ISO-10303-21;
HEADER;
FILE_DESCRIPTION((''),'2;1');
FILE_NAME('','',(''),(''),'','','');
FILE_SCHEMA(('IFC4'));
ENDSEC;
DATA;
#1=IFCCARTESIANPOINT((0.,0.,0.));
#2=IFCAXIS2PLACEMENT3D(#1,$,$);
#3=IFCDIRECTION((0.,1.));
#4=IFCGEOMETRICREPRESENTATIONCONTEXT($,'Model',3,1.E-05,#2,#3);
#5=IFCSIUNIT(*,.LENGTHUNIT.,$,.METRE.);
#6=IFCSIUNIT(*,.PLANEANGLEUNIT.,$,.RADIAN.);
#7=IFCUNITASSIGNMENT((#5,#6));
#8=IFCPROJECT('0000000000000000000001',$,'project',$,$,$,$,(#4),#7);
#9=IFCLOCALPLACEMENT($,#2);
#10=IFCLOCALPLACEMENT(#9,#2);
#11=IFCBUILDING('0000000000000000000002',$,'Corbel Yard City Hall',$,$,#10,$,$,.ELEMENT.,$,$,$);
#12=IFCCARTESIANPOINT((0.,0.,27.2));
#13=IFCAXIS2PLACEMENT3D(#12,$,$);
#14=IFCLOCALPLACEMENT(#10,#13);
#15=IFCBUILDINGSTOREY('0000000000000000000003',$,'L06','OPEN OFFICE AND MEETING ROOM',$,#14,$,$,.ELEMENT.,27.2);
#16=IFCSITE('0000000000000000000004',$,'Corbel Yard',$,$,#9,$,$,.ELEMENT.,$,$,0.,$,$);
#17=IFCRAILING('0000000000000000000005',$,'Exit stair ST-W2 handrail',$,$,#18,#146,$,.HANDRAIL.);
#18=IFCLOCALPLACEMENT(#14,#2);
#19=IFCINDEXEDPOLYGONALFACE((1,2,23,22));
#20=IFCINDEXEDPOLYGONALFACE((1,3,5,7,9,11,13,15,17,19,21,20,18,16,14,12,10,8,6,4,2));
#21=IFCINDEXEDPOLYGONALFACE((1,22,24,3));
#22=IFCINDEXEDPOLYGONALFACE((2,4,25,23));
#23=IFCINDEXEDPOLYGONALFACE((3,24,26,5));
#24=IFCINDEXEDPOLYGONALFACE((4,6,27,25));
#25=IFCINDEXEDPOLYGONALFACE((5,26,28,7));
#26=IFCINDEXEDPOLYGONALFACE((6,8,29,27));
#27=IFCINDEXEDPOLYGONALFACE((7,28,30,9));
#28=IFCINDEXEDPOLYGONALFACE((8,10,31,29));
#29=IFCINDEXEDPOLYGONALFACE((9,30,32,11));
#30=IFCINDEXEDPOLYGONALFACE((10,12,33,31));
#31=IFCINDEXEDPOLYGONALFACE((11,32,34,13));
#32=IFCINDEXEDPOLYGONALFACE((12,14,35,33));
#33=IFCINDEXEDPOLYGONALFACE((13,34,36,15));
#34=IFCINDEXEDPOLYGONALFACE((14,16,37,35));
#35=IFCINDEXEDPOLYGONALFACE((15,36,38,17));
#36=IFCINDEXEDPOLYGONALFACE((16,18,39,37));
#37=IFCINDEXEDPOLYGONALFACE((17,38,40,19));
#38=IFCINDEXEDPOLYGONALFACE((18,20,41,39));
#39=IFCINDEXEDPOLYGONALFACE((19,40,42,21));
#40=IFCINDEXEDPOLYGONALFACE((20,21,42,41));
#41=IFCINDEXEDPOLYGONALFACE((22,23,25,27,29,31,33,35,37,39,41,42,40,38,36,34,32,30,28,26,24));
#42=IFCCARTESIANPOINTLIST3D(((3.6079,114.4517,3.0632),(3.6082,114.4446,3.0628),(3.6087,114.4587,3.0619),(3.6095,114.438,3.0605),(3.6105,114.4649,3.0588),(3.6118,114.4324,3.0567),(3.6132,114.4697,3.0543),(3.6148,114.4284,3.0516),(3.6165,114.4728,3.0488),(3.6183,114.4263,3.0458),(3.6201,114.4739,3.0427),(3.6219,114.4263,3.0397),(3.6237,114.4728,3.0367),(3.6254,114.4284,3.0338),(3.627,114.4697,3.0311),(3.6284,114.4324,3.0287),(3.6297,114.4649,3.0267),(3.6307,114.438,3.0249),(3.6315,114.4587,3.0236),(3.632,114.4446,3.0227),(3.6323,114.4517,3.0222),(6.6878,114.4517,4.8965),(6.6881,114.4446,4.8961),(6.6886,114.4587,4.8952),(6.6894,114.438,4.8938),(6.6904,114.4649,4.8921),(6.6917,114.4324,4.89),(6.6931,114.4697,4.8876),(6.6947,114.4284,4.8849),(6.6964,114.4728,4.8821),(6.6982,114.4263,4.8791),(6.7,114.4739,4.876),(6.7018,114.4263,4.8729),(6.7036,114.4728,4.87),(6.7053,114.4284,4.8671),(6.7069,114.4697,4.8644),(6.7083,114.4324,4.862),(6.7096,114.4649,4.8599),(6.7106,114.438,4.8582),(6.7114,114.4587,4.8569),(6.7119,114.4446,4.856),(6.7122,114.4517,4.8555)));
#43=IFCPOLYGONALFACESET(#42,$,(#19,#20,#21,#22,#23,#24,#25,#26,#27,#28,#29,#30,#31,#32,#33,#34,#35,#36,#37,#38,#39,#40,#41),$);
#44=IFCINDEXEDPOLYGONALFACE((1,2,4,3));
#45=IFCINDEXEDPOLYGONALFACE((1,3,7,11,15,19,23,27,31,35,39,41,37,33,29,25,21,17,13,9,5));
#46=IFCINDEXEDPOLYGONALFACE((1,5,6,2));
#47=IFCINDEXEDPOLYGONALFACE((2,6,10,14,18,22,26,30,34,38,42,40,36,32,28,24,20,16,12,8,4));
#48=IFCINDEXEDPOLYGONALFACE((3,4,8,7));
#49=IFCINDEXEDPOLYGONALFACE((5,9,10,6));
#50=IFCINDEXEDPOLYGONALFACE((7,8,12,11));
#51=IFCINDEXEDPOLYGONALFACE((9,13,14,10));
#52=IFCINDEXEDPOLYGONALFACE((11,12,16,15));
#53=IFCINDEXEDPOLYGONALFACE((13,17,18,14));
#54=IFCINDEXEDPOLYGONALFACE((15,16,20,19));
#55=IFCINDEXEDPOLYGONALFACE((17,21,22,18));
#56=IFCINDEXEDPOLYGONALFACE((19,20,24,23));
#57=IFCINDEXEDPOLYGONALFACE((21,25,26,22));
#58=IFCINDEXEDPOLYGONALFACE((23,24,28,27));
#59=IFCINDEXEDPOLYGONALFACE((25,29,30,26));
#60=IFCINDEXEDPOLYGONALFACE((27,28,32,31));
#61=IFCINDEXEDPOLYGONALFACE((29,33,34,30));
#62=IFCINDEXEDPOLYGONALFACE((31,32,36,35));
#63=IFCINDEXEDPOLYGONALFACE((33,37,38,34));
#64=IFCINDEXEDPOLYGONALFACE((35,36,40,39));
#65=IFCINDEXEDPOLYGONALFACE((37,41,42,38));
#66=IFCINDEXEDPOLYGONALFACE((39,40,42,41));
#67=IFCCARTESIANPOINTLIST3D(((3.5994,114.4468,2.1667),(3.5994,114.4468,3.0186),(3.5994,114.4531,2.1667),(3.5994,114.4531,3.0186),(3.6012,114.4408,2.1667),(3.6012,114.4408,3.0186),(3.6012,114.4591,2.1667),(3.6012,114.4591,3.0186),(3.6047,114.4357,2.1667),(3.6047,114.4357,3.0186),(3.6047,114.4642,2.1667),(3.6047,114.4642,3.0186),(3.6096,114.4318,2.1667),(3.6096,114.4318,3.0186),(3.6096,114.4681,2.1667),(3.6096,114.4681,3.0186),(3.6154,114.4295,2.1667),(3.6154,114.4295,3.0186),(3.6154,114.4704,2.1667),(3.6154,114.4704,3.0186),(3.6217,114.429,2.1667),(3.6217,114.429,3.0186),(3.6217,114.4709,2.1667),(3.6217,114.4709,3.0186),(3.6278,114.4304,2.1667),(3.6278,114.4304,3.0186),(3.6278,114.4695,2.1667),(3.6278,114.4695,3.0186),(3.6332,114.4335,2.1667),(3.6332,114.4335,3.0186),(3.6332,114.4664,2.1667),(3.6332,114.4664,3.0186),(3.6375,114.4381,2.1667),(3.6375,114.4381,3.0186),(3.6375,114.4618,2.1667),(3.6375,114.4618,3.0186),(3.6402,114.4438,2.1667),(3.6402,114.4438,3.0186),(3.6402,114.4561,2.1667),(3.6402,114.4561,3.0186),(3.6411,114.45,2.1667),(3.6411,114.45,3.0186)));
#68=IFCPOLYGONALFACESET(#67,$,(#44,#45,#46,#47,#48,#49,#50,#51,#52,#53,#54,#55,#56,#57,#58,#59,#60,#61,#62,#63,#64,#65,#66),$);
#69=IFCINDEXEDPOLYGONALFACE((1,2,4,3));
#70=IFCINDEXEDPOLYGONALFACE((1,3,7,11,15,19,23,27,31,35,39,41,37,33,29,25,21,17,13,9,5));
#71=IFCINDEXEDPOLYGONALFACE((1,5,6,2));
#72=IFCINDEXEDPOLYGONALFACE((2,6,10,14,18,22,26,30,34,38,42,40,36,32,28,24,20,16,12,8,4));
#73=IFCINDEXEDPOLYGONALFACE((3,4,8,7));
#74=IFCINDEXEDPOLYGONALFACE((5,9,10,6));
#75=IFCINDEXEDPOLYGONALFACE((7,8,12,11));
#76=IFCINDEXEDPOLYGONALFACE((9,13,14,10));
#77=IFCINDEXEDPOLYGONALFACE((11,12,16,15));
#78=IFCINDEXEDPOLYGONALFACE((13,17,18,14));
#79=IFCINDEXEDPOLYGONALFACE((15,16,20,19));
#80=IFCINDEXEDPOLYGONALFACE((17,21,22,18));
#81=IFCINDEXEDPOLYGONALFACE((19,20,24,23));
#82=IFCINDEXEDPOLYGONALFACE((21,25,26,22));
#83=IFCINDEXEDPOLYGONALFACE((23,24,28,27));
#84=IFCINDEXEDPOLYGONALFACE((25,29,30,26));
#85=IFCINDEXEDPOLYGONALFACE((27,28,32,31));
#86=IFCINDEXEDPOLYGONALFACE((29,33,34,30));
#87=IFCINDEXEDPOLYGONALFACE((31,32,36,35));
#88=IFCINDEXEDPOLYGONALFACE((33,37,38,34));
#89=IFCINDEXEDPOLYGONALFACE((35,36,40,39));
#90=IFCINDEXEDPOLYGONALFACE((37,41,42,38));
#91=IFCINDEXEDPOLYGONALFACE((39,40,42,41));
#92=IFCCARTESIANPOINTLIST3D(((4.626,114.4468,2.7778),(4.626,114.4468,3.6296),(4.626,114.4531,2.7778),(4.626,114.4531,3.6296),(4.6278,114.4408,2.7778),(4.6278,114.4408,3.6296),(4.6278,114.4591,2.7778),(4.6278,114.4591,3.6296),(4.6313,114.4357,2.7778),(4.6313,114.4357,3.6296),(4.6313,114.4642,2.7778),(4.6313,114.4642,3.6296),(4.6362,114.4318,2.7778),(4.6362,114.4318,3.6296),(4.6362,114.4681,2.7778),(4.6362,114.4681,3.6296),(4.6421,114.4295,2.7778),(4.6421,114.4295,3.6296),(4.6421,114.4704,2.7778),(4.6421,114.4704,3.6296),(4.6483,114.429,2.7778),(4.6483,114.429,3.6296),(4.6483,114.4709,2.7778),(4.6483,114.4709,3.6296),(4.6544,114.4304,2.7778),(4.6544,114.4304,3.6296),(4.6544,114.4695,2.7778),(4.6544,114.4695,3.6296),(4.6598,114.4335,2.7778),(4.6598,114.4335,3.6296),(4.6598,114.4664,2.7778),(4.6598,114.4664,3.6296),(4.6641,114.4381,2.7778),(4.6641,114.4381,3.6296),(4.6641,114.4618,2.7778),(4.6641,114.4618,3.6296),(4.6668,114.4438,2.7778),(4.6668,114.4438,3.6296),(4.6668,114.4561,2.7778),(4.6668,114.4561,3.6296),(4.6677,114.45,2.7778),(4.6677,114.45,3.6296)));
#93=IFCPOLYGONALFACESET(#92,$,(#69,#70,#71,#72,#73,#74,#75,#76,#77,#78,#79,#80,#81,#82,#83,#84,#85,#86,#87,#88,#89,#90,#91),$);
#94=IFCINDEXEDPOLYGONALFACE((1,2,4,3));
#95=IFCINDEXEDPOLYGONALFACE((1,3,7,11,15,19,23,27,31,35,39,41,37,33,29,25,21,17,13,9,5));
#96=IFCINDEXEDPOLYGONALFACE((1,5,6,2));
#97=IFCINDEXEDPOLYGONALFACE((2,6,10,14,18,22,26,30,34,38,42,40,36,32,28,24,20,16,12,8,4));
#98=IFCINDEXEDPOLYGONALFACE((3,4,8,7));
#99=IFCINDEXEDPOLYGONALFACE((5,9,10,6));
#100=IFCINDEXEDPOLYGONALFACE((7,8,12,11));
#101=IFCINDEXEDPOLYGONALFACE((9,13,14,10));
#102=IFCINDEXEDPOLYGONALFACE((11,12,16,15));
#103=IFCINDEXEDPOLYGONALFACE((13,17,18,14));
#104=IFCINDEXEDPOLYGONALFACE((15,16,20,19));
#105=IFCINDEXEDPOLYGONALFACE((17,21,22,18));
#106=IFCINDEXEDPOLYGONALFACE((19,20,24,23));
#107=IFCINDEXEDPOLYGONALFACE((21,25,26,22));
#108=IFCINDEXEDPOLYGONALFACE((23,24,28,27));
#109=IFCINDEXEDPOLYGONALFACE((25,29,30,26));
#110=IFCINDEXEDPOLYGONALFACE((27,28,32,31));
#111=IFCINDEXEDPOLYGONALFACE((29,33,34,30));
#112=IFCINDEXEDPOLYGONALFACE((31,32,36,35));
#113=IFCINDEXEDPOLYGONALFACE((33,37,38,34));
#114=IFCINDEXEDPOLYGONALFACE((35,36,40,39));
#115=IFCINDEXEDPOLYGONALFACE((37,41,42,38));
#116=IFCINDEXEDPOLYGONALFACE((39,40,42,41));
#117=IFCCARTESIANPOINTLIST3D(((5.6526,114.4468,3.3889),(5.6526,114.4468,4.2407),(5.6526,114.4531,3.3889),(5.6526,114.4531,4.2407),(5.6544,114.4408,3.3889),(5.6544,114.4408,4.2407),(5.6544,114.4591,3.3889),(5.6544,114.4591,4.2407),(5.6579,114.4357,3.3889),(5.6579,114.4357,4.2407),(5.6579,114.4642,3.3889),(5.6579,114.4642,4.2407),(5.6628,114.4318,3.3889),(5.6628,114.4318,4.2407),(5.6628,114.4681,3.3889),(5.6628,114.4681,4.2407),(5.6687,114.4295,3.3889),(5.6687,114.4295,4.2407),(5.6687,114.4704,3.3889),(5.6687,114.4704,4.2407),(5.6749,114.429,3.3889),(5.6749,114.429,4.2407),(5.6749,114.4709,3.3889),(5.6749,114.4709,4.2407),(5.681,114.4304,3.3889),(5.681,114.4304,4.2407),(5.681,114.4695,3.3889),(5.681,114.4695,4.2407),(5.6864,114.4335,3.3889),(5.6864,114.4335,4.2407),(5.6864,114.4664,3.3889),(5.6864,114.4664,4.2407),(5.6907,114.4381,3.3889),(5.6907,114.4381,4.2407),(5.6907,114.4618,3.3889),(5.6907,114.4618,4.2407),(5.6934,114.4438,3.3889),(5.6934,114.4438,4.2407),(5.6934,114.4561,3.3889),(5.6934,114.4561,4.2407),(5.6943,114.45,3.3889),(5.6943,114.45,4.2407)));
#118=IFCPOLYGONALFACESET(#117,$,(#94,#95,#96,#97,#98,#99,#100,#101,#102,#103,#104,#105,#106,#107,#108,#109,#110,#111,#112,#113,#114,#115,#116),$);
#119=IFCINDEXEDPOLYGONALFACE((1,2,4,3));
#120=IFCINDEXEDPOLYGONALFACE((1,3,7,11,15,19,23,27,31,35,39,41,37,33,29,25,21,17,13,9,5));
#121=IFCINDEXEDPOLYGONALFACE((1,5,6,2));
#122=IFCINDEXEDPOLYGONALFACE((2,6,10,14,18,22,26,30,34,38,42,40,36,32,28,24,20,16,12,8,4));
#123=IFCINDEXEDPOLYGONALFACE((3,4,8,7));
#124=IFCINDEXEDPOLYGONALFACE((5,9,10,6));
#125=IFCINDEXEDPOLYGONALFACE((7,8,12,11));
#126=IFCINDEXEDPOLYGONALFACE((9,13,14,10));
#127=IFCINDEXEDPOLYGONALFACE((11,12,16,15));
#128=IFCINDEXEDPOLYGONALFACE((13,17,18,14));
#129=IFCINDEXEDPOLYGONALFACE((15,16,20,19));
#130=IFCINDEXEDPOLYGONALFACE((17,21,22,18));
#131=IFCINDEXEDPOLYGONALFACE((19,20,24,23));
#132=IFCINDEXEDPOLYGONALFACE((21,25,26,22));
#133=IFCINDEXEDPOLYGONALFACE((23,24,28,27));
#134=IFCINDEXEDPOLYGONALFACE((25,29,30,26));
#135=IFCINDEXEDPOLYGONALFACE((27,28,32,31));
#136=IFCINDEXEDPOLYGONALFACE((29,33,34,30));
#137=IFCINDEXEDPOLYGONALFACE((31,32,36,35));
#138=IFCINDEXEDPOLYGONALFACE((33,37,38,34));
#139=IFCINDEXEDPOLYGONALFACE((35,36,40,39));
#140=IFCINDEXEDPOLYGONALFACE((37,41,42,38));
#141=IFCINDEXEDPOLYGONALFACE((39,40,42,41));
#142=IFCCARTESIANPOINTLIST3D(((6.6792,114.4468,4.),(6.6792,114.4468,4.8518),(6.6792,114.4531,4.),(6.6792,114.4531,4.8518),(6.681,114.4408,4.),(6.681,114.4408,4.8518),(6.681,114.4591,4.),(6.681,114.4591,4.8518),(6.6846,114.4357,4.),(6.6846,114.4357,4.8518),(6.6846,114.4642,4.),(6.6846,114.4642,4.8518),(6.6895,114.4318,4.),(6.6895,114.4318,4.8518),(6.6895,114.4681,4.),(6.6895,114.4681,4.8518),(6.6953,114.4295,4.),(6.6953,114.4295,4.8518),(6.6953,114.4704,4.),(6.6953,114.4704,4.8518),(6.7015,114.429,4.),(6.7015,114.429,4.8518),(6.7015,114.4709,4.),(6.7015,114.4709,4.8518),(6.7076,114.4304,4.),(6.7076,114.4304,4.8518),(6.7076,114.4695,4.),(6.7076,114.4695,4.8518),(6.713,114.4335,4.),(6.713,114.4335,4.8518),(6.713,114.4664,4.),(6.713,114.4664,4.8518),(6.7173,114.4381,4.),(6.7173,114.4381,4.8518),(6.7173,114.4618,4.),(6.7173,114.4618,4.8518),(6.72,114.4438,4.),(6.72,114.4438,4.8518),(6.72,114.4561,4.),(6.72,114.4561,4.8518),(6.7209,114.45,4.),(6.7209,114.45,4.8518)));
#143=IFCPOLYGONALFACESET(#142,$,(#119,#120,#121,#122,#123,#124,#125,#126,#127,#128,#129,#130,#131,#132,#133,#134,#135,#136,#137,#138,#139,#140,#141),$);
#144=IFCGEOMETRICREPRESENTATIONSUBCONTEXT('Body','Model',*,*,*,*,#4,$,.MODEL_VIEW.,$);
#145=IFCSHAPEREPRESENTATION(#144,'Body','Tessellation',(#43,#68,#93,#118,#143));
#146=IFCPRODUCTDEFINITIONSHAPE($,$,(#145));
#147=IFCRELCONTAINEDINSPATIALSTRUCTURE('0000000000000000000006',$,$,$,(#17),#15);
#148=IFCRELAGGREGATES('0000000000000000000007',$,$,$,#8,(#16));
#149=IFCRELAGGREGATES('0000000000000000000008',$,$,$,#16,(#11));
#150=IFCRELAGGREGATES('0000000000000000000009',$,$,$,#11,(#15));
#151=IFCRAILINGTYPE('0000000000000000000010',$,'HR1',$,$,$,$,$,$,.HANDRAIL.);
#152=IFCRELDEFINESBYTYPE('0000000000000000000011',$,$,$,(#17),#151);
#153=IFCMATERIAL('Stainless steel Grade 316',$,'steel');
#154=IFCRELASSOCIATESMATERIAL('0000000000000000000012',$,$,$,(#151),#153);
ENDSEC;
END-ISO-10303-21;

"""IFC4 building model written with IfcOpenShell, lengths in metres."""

from ifc_helpers import new_model, si_unit, direction, frame, origin, origin_2d, place, context, subcontext, project, spatial, circle, extrude, material, type_object, element, save


model = new_model("IFC4")

# Units and contexts
model_context = context("Model", 3, precision=1e-05, world=origin(), true_north=direction((0.0, 1.0)))
body_context = subcontext(model_context, "Body", "Model", "MODEL_VIEW")
ifc_project = project(units=[si_unit("LENGTHUNIT", "METRE"), si_unit("PLANEANGLEUNIT", "RADIAN")], contexts=[model_context])

# Site, building, storey
site_placement = place(None, origin())
site = spatial("IfcSite", under=ifc_project, at=site_placement, Name="Corbel Yard", CompositionType="ELEMENT", RefElevation=0.0)
building_placement = place(site_placement, origin())
building = spatial("IfcBuilding", under=site, at=building_placement, Name="Corbel Yard City Hall", CompositionType="ELEMENT")
storey_placement = place(building_placement, frame((0.0, 0.0, 27.2)))
storey = spatial("IfcBuildingStorey", under=building, at=storey_placement, Name="L06", Description="OPEN OFFICE AND MEETING ROOM", CompositionType="ELEMENT", Elevation=27.2)

# Shared definitions
ifc_material_1 = material(Name="Stainless steel Grade 316", Category="steel")

# Railing
railing_type = type_object("IfcRailingType", Name="HR1", PredefinedType="HANDRAIL", material=ifc_material_1)
for number, where, name in (
    (1, (3.6201, 114.45, 2.1667), "Exit stair ST-W2 handrail"),
):
    element("IfcRailing", number, at=place(storey_placement, frame(where)), inside=storey, type_object=railing_type, Name=name, PredefinedType="HANDRAIL", context=body_context, shape_type="SweptSolid", body=[
        extrude(circle(Radius=0.0239, at=origin_2d()), frame((0.0, 0.0, 0.876), z_axis=(0.859291, 0.0, 0.511487), x_axis=(0.0, 1.0, 0.0)), (0.0, 0.0, 1.0), 3.5842),
        extrude(circle(Radius=0.021, at=origin_2d()), origin(), (0.0, 0.0, 1.0), 0.8518),
        extrude(circle(Radius=0.021, at=origin_2d()), frame((1.0266, 0.0, 0.6111)), (0.0, 0.0, 1.0), 0.8518),
        extrude(circle(Radius=0.021, at=origin_2d()), frame((2.0532, 0.0, 1.2222)), (0.0, 0.0, 1.0), 0.8518),
        extrude(circle(Radius=0.021, at=origin_2d()), frame((3.0798, 0.0, 1.8333)), (0.0, 0.0, 1.0), 0.8518),
    ])

save(model, "model.ifc")
